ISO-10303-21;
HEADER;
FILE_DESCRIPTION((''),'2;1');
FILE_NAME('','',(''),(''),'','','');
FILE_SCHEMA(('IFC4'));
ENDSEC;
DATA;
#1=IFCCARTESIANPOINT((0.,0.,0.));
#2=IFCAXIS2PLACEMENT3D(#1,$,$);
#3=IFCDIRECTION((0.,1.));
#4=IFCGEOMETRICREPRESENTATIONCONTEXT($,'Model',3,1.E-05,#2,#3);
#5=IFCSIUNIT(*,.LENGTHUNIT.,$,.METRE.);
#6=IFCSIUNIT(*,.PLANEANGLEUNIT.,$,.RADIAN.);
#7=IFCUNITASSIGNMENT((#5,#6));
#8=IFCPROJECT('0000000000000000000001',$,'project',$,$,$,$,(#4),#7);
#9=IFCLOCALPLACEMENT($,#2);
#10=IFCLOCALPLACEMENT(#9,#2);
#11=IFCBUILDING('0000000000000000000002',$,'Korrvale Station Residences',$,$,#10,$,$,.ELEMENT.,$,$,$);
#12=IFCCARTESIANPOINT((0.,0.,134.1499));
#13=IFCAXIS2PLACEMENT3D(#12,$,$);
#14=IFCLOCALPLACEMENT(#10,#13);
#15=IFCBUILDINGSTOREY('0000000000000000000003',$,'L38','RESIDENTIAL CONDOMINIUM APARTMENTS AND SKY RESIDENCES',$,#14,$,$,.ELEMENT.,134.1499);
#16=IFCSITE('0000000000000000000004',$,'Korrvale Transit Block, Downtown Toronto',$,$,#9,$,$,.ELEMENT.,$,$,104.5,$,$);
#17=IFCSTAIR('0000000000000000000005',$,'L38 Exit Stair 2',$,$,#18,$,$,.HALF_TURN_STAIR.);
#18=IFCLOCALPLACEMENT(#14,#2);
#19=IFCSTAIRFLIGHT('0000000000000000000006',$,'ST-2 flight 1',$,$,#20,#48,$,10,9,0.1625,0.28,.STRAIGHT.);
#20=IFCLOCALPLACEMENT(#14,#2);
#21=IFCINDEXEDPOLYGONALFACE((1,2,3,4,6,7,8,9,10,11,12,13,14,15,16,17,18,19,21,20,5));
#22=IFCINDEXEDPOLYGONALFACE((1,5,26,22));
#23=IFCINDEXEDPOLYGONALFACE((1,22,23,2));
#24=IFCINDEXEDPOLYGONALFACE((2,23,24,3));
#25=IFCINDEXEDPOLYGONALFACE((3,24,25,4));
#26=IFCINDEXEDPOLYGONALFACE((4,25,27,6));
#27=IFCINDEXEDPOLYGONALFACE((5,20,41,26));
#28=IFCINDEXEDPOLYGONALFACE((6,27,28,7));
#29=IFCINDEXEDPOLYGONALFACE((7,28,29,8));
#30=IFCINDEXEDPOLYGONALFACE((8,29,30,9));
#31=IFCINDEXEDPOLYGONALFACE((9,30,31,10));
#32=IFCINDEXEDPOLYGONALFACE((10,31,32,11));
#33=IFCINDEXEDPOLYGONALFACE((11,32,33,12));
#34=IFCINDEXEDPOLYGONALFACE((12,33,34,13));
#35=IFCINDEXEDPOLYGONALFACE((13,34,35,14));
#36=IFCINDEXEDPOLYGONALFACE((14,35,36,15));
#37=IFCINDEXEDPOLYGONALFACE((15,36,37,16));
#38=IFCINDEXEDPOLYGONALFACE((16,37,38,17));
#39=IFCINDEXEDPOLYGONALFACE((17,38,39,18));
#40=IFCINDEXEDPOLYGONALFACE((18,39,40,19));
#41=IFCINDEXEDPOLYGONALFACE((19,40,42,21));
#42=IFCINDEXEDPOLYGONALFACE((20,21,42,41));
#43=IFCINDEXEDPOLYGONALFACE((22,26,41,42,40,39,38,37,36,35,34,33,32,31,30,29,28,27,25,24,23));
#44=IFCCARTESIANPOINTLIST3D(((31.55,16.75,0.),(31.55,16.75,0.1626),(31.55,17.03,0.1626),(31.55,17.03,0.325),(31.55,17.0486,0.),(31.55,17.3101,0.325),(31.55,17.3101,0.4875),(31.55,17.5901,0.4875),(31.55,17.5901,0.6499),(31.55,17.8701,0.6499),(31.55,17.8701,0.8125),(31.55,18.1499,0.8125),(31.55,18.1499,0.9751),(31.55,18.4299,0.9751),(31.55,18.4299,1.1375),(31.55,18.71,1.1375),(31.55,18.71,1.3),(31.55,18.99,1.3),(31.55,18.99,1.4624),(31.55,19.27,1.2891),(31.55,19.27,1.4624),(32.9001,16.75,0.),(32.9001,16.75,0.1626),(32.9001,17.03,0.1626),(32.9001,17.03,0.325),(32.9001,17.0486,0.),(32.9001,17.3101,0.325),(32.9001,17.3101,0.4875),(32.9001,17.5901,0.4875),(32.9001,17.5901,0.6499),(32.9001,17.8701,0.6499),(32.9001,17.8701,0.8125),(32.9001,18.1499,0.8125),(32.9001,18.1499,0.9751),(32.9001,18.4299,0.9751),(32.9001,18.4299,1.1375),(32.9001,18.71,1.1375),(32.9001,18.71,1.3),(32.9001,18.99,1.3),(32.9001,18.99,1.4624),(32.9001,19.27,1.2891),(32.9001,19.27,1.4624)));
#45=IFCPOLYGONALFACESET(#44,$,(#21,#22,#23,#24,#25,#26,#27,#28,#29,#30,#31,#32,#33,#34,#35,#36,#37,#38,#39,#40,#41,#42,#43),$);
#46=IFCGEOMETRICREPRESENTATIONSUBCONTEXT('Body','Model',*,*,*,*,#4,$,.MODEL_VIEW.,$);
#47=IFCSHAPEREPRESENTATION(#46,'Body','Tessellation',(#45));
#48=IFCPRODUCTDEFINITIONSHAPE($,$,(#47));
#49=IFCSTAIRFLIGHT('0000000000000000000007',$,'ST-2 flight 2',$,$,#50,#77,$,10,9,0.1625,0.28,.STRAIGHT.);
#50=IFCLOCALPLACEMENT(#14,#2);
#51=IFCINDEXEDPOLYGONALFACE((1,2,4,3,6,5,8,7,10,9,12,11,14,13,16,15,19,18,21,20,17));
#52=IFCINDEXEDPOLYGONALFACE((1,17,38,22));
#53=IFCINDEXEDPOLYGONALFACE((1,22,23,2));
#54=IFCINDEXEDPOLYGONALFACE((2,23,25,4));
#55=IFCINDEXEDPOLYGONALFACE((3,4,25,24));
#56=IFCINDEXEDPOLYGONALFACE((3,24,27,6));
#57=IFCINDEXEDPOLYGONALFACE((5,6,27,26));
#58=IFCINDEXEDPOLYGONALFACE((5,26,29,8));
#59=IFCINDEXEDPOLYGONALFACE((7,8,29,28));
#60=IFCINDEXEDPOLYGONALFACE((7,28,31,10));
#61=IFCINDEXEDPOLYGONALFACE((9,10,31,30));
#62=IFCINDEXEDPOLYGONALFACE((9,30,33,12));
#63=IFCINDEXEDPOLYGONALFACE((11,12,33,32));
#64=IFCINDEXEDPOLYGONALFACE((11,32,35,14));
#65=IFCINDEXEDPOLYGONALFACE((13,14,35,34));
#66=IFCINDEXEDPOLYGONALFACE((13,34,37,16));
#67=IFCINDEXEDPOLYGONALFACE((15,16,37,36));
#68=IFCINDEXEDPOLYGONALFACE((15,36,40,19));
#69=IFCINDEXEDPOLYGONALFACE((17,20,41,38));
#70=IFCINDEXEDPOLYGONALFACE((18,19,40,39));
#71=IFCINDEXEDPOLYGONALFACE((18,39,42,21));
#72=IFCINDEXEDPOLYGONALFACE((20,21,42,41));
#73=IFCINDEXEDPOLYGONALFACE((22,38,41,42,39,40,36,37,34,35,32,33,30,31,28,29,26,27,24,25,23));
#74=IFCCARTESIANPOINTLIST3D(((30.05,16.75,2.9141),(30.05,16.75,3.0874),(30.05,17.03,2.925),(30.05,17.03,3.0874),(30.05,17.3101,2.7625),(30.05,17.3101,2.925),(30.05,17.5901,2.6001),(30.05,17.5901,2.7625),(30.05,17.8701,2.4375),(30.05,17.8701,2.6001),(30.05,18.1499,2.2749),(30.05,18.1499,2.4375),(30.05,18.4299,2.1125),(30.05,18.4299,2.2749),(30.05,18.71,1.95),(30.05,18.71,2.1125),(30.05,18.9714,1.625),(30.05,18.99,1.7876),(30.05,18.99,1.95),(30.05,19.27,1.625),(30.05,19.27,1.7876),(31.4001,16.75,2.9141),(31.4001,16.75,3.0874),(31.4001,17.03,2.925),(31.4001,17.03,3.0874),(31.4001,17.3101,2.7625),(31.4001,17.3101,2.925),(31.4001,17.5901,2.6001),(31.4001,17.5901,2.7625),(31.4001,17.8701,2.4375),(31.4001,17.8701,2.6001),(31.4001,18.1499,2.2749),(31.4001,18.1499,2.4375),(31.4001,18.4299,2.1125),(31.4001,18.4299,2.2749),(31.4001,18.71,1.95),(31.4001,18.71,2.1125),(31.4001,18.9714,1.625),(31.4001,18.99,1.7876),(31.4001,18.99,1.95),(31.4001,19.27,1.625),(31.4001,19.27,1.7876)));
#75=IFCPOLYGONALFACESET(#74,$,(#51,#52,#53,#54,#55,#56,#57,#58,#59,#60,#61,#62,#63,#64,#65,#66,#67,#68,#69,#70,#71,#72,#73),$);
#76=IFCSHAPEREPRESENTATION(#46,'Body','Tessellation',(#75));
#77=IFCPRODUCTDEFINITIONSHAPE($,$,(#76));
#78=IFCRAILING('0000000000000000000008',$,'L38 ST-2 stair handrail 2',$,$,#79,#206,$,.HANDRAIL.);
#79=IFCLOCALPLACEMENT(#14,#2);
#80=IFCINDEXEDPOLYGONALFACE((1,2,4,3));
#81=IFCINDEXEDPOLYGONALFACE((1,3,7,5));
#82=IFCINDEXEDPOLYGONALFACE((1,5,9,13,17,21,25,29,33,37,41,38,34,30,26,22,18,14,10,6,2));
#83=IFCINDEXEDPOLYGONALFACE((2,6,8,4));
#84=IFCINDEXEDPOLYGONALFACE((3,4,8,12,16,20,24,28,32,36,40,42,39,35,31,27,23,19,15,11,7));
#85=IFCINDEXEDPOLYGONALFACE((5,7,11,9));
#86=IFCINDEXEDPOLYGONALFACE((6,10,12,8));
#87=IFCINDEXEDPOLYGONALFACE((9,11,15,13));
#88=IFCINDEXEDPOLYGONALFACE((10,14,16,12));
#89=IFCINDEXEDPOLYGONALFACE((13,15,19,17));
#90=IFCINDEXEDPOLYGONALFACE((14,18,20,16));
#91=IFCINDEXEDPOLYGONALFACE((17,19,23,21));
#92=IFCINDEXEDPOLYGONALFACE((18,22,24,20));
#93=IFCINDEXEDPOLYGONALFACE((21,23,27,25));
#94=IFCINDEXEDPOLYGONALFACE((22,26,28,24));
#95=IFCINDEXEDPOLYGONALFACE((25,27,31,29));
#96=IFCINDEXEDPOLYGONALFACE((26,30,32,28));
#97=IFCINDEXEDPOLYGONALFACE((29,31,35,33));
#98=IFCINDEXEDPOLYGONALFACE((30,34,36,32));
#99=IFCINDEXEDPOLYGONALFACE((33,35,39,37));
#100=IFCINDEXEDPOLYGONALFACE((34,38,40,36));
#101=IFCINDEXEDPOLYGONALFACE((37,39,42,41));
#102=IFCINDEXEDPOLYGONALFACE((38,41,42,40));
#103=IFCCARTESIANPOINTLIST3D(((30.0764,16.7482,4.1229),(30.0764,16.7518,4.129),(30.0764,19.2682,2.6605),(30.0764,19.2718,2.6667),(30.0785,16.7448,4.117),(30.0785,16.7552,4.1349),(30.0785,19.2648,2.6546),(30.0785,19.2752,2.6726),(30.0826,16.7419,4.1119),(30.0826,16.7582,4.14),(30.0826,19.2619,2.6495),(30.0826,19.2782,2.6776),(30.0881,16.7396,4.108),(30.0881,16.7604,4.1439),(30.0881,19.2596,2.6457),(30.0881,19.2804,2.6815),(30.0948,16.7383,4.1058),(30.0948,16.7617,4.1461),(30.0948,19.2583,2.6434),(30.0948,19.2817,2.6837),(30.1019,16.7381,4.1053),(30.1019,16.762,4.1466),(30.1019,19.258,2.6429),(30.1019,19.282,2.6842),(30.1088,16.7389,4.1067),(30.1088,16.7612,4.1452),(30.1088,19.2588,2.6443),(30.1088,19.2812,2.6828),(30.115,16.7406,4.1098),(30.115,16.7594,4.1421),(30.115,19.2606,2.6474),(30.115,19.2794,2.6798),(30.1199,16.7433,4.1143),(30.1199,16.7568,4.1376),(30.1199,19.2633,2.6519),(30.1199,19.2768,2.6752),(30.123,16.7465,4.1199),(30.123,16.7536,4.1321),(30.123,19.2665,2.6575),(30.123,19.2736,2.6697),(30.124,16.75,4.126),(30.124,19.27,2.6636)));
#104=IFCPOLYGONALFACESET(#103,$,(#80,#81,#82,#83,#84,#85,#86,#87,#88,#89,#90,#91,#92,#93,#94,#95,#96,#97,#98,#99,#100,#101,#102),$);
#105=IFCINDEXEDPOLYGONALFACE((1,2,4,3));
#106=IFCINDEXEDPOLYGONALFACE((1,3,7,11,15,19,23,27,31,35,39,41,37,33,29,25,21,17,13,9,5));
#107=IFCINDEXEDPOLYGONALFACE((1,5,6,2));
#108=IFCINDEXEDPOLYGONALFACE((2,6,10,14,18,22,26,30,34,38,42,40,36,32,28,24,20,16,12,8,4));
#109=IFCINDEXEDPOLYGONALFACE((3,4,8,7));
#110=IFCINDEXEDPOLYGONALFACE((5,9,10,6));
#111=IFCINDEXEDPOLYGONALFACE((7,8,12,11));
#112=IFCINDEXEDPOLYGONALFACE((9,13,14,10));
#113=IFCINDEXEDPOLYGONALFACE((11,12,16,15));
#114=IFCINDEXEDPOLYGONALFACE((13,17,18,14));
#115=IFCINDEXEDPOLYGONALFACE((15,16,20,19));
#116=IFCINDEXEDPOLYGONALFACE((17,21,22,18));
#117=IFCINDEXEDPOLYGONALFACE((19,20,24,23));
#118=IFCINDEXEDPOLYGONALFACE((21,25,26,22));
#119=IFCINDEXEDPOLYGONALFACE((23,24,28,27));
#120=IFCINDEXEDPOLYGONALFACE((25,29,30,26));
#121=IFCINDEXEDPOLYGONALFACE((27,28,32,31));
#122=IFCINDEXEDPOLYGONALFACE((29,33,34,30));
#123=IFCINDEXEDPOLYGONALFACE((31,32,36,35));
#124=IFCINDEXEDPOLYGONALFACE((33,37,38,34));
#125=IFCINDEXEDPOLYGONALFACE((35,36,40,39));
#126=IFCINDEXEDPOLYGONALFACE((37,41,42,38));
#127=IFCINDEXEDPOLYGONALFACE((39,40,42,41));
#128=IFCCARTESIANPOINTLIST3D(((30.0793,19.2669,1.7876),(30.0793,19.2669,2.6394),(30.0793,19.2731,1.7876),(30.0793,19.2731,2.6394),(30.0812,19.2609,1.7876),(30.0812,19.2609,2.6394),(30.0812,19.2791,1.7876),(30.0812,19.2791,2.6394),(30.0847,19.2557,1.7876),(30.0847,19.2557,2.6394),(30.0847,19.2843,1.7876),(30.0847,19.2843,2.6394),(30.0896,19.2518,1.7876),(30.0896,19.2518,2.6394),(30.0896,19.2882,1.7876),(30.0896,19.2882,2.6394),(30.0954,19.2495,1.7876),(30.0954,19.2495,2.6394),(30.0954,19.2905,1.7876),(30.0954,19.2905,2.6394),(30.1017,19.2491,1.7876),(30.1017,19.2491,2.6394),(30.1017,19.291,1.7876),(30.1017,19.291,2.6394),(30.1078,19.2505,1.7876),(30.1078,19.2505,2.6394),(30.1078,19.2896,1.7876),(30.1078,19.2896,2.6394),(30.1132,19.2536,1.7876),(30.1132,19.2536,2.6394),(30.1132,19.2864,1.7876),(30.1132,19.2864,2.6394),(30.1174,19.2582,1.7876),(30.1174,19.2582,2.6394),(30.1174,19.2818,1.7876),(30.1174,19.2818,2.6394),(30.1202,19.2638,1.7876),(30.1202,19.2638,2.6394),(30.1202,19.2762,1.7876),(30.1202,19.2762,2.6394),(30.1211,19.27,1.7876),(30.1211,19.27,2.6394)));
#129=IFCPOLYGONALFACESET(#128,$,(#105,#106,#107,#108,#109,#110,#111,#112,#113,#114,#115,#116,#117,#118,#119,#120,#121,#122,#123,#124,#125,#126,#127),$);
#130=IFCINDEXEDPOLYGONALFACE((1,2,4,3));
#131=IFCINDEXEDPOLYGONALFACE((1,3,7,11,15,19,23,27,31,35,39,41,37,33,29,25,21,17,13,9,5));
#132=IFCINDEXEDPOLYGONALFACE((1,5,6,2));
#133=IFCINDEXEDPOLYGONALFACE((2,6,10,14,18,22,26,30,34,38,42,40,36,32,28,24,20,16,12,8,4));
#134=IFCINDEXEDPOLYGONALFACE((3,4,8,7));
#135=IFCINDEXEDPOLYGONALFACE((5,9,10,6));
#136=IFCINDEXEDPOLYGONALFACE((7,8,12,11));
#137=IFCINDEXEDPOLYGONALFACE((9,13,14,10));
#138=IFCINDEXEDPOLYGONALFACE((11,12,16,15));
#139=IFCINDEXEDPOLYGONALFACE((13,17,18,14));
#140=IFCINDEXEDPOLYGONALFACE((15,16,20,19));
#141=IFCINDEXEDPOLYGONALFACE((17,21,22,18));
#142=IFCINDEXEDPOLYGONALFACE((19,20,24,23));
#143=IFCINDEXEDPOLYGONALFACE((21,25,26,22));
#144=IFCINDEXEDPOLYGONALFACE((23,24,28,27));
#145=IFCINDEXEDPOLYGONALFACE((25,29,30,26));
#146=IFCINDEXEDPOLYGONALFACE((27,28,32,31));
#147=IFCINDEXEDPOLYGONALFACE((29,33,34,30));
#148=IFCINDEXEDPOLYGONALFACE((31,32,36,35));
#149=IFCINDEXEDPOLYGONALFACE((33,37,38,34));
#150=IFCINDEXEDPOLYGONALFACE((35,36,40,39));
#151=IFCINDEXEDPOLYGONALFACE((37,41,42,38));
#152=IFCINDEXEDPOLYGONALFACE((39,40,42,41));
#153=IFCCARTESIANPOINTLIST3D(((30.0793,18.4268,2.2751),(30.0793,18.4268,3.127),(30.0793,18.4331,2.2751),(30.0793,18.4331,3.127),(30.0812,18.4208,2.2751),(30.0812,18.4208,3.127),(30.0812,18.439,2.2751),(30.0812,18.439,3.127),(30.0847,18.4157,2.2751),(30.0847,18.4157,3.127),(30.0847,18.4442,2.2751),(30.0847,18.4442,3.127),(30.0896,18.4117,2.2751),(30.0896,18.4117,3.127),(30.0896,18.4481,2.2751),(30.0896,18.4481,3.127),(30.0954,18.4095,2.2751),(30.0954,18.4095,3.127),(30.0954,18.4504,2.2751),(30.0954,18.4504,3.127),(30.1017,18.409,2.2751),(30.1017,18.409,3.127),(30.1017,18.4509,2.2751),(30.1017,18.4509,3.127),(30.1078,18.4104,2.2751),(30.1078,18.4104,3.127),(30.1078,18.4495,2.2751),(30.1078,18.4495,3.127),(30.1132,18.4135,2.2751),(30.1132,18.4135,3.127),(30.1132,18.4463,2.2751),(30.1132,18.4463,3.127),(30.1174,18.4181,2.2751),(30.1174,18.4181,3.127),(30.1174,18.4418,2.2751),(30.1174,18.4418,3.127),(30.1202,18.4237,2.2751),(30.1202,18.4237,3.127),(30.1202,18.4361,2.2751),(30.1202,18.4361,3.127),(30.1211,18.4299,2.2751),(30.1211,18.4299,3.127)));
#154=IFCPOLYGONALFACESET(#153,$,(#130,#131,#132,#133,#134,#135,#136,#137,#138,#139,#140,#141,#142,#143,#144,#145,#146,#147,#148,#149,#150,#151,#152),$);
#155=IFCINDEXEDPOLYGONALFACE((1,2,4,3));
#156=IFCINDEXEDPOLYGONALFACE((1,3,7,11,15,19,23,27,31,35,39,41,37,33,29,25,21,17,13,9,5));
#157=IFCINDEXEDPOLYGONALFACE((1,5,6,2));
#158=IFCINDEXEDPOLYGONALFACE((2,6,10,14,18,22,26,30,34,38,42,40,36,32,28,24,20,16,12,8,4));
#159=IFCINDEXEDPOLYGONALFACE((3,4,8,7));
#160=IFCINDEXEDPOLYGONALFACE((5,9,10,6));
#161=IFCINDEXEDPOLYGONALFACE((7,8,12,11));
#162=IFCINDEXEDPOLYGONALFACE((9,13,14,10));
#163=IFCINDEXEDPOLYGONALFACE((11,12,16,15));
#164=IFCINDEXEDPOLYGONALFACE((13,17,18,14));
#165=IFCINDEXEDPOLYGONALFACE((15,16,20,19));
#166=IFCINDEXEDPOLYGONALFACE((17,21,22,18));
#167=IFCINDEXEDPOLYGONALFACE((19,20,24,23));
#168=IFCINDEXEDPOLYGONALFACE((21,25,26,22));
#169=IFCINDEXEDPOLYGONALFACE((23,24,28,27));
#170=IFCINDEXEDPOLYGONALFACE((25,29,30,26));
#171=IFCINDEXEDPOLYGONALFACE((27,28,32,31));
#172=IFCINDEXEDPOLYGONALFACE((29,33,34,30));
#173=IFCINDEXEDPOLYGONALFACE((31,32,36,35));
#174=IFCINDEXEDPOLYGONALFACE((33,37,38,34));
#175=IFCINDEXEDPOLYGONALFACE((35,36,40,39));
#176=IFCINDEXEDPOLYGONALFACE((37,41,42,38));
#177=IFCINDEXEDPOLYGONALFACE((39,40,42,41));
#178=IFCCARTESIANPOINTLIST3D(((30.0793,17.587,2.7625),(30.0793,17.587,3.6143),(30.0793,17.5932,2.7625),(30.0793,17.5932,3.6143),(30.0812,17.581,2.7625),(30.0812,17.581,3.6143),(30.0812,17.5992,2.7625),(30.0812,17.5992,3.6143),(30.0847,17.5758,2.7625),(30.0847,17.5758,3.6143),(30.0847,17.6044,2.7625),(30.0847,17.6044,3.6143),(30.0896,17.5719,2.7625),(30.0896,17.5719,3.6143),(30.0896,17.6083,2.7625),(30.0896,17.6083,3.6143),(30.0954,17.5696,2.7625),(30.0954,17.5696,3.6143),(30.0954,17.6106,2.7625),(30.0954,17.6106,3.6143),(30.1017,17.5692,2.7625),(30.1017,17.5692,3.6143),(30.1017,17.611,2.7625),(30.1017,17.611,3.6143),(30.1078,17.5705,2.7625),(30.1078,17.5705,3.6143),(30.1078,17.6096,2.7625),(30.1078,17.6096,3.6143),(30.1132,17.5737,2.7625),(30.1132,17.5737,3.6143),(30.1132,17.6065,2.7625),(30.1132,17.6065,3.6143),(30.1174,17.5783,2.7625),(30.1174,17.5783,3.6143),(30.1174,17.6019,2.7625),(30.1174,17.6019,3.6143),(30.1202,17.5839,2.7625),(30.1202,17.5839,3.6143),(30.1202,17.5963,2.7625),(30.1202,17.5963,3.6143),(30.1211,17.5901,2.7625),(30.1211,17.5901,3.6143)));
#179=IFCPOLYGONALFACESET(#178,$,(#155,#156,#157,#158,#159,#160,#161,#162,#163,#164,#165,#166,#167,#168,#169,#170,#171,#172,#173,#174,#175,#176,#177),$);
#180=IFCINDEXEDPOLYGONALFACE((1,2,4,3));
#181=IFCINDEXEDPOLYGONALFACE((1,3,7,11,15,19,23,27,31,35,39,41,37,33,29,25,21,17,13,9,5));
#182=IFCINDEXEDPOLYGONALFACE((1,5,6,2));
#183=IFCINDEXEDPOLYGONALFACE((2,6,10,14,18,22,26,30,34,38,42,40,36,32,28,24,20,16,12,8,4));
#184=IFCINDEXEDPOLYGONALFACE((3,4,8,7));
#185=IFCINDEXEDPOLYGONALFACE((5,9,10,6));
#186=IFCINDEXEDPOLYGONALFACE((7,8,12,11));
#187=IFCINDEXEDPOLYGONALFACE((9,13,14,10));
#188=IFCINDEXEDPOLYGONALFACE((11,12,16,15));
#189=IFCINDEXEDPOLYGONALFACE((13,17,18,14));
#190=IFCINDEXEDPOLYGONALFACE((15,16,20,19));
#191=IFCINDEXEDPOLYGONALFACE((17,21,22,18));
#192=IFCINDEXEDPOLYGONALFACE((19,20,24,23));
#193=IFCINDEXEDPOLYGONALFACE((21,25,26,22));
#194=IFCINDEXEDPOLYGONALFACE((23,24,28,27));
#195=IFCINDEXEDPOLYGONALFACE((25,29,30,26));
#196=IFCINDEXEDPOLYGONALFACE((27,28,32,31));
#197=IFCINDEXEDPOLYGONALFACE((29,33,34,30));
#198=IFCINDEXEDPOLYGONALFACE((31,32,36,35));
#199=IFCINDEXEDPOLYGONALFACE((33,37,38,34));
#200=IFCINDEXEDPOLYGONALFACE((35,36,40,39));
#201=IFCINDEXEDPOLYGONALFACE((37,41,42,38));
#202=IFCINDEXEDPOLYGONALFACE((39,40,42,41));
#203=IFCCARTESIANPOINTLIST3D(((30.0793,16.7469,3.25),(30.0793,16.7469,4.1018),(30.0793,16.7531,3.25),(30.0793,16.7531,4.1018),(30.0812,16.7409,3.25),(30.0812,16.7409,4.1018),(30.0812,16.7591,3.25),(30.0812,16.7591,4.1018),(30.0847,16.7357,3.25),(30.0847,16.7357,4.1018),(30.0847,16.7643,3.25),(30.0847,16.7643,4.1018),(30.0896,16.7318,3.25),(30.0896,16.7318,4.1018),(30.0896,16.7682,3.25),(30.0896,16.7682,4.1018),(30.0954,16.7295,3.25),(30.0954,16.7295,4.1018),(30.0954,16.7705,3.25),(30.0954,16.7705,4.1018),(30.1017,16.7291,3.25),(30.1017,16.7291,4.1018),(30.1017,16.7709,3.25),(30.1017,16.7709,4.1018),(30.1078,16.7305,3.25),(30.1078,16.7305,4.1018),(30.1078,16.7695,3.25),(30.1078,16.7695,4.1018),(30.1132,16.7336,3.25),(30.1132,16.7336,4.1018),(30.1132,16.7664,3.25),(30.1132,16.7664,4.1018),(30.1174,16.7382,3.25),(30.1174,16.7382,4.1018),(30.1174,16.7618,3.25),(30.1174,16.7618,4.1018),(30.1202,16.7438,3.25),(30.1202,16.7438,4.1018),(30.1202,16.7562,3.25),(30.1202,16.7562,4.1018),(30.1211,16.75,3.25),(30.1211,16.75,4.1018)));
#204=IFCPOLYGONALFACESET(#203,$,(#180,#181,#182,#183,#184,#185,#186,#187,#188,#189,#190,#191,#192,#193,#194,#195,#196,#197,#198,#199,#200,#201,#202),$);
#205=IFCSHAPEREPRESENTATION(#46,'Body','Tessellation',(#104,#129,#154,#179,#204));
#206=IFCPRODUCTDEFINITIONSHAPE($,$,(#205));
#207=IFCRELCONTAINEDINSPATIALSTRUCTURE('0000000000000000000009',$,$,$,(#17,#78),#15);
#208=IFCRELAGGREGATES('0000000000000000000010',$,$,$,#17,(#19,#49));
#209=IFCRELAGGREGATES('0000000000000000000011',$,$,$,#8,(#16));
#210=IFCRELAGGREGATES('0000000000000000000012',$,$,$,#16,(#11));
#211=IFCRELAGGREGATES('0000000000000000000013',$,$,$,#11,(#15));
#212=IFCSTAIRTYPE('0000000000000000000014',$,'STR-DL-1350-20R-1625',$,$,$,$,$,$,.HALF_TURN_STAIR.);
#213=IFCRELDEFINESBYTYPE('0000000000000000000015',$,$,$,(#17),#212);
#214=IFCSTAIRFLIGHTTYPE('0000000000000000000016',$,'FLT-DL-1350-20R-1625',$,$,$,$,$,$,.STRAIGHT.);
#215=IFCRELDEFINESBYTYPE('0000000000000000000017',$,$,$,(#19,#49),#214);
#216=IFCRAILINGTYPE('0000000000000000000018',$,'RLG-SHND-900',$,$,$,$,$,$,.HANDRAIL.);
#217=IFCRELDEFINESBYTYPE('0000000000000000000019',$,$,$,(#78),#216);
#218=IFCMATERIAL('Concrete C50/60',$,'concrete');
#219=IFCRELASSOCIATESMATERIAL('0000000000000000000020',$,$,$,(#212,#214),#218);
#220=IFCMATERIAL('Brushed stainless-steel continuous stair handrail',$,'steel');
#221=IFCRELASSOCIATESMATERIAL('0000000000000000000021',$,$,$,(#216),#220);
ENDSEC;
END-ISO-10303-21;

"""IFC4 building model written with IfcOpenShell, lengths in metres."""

from ifc_helpers import new_model, si_unit, direction, frame, origin, origin_2d, place, context, subcontext, project, spatial, polyline, circle, outline, extrude, material, type_object, element, aggregate, save


model = new_model("IFC4")

# Units and contexts
model_context = context("Model", 3, precision=1e-05, world=origin(), true_north=direction((0.0, 1.0)))
body_context = subcontext(model_context, "Body", "Model", "MODEL_VIEW")
ifc_project = project(units=[si_unit("LENGTHUNIT", "METRE"), si_unit("PLANEANGLEUNIT", "RADIAN")], contexts=[model_context])

# Site, building, storey
site_placement = place(None, origin())
site = spatial("IfcSite", under=ifc_project, at=site_placement, Name="Korrvale Transit Block, Downtown Toronto", CompositionType="ELEMENT", RefElevation=104.5)
building_placement = place(site_placement, origin())
building = spatial("IfcBuilding", under=site, at=building_placement, Name="Korrvale Station Residences", CompositionType="ELEMENT")
storey_placement = place(building_placement, frame((0.0, 0.0, 134.1499)))
storey = spatial("IfcBuildingStorey", under=building, at=storey_placement, Name="L38", Description="RESIDENTIAL CONDOMINIUM APARTMENTS AND SKY RESIDENCES", CompositionType="ELEMENT", Elevation=134.1499)

# Stair, stair flights
ifc_material_1 = material(Name="Concrete C50/60", Category="concrete")
stair_type = type_object("IfcStairType", Name="STR-DL-1350-20R-1625", PredefinedType="HALF_TURN_STAIR", material=ifc_material_1)
stair_placement = place(storey_placement, origin())
stair = element("IfcStair", 1, at=stair_placement, inside=storey, type_object=stair_type, Name="L38 Exit Stair 2", PredefinedType="HALF_TURN_STAIR")
stair_flight_type = type_object("IfcStairFlightType", Name="FLT-DL-1350-20R-1625", PredefinedType="STRAIGHT", material=ifc_material_1)
stair_flight_1_placement = place(storey_placement, frame((32.2251, 16.75, 0.0), z_axis=(0.0, 0.0, 1.0), x_axis=(0.0, 1.0, 0.0)))
stair_flight_1 = element("IfcStairFlight", 2, at=stair_flight_1_placement, type_object=stair_flight_type, Name="ST-2 flight 1", NumberOfRisers=10, NumberOfTreads=9, PredefinedType="STRAIGHT", RiserHeight=0.1625, TreadLength=0.28, context=body_context, shape_type="SweptSolid", body=[
    extrude(outline(polyline([(0.0, 0.0), (0.0, 0.1626), (0.28, 0.1626), (0.28, 0.325), (0.5601, 0.325), (0.5601, 0.4875), (0.8401, 0.4875), (0.8401, 0.6499), (1.1201, 0.6499), (1.1201, 0.8125), (1.3999, 0.8125), (1.3999, 0.9751), (1.6799, 0.9751), (1.6799, 1.1375), (1.96, 1.1375), (1.96, 1.3), (2.24, 1.3), (2.24, 1.4624), (2.52, 1.4624), (2.52, 1.625), (2.52, 1.2891), (0.2986, 0.0), (0.0, 0.0)])), frame((0.0, 0.675, 0.0), z_axis=(0.0, -1.0, 0.0), x_axis=(1.0, 0.0, 0.0)), (0.0, 0.0, 1.0), 1.3501),
])
stair_flight_2_placement = place(storey_placement, frame((30.7251, 19.27, 1.625), z_axis=(0.0, 0.0, 1.0), x_axis=(0.0, -1.0, 0.0)))
stair_flight_2 = element("IfcStairFlight", 3, at=stair_flight_2_placement, type_object=stair_flight_type, Name="ST-2 flight 2", NumberOfRisers=10, NumberOfTreads=9, PredefinedType="STRAIGHT", RiserHeight=0.1625, TreadLength=0.28, context=body_context, shape_type="SweptSolid", body=[
    extrude(outline(polyline([(0.0, 0.0), (0.0, 0.1626), (0.28, 0.1626), (0.28, 0.325), (0.5601, 0.325), (0.5601, 0.4875), (0.8401, 0.4875), (0.8401, 0.6499), (1.1201, 0.6499), (1.1201, 0.8125), (1.3999, 0.8125), (1.3999, 0.9751), (1.6799, 0.9751), (1.6799, 1.1375), (1.96, 1.1375), (1.96, 1.3), (2.24, 1.3), (2.24, 1.4624), (2.52, 1.4624), (2.52, 1.625), (2.52, 1.2891), (0.2986, 0.0), (0.0, 0.0)])), frame((0.0, 0.675, 0.0), z_axis=(0.0, -1.0, 0.0), x_axis=(1.0, 0.0, 0.0)), (0.0, 0.0, 1.0), 1.3501),
])
aggregate(stair, [stair_flight_1, stair_flight_2])

# Railing
ifc_material_2 = material(Name="Brushed stainless-steel continuous stair handrail", Category="steel")
railing_type_1 = type_object("IfcRailingType", Name="RLG-SHND-900", PredefinedType="HANDRAIL", material=ifc_material_2)
railing_1_placement = place(storey_placement, frame((30.1001, 19.27, 1.7876)))
element("IfcRailing", 4, at=railing_1_placement, inside=storey, type_object=railing_type_1, Name="L38 ST-2 stair handrail 2", PredefinedType="HANDRAIL", context=body_context, shape_type="SweptSolid", body=[
    extrude(circle(Radius=0.0239, at=origin_2d()), frame((0.0, 0.0, 0.876), z_axis=(0.0, -0.864913, 0.501921), x_axis=(1.0, 0.0, 0.0)), (0.0, 0.0, 1.0), 2.9136),
    extrude(circle(Radius=0.021, at=origin_2d()), origin(), (0.0, 0.0, 1.0), 0.8518),
    extrude(circle(Radius=0.021, at=origin_2d()), frame((0.0, -0.8401, 0.4875)), (0.0, 0.0, 1.0), 0.8518),
    extrude(circle(Radius=0.021, at=origin_2d()), frame((0.0, -1.6799, 0.9749)), (0.0, 0.0, 1.0), 0.8518),
    extrude(circle(Radius=0.021, at=origin_2d()), frame((0.0, -2.52, 1.4624)), (0.0, 0.0, 1.0), 0.8518),
])

save(model, "model.ifc")
